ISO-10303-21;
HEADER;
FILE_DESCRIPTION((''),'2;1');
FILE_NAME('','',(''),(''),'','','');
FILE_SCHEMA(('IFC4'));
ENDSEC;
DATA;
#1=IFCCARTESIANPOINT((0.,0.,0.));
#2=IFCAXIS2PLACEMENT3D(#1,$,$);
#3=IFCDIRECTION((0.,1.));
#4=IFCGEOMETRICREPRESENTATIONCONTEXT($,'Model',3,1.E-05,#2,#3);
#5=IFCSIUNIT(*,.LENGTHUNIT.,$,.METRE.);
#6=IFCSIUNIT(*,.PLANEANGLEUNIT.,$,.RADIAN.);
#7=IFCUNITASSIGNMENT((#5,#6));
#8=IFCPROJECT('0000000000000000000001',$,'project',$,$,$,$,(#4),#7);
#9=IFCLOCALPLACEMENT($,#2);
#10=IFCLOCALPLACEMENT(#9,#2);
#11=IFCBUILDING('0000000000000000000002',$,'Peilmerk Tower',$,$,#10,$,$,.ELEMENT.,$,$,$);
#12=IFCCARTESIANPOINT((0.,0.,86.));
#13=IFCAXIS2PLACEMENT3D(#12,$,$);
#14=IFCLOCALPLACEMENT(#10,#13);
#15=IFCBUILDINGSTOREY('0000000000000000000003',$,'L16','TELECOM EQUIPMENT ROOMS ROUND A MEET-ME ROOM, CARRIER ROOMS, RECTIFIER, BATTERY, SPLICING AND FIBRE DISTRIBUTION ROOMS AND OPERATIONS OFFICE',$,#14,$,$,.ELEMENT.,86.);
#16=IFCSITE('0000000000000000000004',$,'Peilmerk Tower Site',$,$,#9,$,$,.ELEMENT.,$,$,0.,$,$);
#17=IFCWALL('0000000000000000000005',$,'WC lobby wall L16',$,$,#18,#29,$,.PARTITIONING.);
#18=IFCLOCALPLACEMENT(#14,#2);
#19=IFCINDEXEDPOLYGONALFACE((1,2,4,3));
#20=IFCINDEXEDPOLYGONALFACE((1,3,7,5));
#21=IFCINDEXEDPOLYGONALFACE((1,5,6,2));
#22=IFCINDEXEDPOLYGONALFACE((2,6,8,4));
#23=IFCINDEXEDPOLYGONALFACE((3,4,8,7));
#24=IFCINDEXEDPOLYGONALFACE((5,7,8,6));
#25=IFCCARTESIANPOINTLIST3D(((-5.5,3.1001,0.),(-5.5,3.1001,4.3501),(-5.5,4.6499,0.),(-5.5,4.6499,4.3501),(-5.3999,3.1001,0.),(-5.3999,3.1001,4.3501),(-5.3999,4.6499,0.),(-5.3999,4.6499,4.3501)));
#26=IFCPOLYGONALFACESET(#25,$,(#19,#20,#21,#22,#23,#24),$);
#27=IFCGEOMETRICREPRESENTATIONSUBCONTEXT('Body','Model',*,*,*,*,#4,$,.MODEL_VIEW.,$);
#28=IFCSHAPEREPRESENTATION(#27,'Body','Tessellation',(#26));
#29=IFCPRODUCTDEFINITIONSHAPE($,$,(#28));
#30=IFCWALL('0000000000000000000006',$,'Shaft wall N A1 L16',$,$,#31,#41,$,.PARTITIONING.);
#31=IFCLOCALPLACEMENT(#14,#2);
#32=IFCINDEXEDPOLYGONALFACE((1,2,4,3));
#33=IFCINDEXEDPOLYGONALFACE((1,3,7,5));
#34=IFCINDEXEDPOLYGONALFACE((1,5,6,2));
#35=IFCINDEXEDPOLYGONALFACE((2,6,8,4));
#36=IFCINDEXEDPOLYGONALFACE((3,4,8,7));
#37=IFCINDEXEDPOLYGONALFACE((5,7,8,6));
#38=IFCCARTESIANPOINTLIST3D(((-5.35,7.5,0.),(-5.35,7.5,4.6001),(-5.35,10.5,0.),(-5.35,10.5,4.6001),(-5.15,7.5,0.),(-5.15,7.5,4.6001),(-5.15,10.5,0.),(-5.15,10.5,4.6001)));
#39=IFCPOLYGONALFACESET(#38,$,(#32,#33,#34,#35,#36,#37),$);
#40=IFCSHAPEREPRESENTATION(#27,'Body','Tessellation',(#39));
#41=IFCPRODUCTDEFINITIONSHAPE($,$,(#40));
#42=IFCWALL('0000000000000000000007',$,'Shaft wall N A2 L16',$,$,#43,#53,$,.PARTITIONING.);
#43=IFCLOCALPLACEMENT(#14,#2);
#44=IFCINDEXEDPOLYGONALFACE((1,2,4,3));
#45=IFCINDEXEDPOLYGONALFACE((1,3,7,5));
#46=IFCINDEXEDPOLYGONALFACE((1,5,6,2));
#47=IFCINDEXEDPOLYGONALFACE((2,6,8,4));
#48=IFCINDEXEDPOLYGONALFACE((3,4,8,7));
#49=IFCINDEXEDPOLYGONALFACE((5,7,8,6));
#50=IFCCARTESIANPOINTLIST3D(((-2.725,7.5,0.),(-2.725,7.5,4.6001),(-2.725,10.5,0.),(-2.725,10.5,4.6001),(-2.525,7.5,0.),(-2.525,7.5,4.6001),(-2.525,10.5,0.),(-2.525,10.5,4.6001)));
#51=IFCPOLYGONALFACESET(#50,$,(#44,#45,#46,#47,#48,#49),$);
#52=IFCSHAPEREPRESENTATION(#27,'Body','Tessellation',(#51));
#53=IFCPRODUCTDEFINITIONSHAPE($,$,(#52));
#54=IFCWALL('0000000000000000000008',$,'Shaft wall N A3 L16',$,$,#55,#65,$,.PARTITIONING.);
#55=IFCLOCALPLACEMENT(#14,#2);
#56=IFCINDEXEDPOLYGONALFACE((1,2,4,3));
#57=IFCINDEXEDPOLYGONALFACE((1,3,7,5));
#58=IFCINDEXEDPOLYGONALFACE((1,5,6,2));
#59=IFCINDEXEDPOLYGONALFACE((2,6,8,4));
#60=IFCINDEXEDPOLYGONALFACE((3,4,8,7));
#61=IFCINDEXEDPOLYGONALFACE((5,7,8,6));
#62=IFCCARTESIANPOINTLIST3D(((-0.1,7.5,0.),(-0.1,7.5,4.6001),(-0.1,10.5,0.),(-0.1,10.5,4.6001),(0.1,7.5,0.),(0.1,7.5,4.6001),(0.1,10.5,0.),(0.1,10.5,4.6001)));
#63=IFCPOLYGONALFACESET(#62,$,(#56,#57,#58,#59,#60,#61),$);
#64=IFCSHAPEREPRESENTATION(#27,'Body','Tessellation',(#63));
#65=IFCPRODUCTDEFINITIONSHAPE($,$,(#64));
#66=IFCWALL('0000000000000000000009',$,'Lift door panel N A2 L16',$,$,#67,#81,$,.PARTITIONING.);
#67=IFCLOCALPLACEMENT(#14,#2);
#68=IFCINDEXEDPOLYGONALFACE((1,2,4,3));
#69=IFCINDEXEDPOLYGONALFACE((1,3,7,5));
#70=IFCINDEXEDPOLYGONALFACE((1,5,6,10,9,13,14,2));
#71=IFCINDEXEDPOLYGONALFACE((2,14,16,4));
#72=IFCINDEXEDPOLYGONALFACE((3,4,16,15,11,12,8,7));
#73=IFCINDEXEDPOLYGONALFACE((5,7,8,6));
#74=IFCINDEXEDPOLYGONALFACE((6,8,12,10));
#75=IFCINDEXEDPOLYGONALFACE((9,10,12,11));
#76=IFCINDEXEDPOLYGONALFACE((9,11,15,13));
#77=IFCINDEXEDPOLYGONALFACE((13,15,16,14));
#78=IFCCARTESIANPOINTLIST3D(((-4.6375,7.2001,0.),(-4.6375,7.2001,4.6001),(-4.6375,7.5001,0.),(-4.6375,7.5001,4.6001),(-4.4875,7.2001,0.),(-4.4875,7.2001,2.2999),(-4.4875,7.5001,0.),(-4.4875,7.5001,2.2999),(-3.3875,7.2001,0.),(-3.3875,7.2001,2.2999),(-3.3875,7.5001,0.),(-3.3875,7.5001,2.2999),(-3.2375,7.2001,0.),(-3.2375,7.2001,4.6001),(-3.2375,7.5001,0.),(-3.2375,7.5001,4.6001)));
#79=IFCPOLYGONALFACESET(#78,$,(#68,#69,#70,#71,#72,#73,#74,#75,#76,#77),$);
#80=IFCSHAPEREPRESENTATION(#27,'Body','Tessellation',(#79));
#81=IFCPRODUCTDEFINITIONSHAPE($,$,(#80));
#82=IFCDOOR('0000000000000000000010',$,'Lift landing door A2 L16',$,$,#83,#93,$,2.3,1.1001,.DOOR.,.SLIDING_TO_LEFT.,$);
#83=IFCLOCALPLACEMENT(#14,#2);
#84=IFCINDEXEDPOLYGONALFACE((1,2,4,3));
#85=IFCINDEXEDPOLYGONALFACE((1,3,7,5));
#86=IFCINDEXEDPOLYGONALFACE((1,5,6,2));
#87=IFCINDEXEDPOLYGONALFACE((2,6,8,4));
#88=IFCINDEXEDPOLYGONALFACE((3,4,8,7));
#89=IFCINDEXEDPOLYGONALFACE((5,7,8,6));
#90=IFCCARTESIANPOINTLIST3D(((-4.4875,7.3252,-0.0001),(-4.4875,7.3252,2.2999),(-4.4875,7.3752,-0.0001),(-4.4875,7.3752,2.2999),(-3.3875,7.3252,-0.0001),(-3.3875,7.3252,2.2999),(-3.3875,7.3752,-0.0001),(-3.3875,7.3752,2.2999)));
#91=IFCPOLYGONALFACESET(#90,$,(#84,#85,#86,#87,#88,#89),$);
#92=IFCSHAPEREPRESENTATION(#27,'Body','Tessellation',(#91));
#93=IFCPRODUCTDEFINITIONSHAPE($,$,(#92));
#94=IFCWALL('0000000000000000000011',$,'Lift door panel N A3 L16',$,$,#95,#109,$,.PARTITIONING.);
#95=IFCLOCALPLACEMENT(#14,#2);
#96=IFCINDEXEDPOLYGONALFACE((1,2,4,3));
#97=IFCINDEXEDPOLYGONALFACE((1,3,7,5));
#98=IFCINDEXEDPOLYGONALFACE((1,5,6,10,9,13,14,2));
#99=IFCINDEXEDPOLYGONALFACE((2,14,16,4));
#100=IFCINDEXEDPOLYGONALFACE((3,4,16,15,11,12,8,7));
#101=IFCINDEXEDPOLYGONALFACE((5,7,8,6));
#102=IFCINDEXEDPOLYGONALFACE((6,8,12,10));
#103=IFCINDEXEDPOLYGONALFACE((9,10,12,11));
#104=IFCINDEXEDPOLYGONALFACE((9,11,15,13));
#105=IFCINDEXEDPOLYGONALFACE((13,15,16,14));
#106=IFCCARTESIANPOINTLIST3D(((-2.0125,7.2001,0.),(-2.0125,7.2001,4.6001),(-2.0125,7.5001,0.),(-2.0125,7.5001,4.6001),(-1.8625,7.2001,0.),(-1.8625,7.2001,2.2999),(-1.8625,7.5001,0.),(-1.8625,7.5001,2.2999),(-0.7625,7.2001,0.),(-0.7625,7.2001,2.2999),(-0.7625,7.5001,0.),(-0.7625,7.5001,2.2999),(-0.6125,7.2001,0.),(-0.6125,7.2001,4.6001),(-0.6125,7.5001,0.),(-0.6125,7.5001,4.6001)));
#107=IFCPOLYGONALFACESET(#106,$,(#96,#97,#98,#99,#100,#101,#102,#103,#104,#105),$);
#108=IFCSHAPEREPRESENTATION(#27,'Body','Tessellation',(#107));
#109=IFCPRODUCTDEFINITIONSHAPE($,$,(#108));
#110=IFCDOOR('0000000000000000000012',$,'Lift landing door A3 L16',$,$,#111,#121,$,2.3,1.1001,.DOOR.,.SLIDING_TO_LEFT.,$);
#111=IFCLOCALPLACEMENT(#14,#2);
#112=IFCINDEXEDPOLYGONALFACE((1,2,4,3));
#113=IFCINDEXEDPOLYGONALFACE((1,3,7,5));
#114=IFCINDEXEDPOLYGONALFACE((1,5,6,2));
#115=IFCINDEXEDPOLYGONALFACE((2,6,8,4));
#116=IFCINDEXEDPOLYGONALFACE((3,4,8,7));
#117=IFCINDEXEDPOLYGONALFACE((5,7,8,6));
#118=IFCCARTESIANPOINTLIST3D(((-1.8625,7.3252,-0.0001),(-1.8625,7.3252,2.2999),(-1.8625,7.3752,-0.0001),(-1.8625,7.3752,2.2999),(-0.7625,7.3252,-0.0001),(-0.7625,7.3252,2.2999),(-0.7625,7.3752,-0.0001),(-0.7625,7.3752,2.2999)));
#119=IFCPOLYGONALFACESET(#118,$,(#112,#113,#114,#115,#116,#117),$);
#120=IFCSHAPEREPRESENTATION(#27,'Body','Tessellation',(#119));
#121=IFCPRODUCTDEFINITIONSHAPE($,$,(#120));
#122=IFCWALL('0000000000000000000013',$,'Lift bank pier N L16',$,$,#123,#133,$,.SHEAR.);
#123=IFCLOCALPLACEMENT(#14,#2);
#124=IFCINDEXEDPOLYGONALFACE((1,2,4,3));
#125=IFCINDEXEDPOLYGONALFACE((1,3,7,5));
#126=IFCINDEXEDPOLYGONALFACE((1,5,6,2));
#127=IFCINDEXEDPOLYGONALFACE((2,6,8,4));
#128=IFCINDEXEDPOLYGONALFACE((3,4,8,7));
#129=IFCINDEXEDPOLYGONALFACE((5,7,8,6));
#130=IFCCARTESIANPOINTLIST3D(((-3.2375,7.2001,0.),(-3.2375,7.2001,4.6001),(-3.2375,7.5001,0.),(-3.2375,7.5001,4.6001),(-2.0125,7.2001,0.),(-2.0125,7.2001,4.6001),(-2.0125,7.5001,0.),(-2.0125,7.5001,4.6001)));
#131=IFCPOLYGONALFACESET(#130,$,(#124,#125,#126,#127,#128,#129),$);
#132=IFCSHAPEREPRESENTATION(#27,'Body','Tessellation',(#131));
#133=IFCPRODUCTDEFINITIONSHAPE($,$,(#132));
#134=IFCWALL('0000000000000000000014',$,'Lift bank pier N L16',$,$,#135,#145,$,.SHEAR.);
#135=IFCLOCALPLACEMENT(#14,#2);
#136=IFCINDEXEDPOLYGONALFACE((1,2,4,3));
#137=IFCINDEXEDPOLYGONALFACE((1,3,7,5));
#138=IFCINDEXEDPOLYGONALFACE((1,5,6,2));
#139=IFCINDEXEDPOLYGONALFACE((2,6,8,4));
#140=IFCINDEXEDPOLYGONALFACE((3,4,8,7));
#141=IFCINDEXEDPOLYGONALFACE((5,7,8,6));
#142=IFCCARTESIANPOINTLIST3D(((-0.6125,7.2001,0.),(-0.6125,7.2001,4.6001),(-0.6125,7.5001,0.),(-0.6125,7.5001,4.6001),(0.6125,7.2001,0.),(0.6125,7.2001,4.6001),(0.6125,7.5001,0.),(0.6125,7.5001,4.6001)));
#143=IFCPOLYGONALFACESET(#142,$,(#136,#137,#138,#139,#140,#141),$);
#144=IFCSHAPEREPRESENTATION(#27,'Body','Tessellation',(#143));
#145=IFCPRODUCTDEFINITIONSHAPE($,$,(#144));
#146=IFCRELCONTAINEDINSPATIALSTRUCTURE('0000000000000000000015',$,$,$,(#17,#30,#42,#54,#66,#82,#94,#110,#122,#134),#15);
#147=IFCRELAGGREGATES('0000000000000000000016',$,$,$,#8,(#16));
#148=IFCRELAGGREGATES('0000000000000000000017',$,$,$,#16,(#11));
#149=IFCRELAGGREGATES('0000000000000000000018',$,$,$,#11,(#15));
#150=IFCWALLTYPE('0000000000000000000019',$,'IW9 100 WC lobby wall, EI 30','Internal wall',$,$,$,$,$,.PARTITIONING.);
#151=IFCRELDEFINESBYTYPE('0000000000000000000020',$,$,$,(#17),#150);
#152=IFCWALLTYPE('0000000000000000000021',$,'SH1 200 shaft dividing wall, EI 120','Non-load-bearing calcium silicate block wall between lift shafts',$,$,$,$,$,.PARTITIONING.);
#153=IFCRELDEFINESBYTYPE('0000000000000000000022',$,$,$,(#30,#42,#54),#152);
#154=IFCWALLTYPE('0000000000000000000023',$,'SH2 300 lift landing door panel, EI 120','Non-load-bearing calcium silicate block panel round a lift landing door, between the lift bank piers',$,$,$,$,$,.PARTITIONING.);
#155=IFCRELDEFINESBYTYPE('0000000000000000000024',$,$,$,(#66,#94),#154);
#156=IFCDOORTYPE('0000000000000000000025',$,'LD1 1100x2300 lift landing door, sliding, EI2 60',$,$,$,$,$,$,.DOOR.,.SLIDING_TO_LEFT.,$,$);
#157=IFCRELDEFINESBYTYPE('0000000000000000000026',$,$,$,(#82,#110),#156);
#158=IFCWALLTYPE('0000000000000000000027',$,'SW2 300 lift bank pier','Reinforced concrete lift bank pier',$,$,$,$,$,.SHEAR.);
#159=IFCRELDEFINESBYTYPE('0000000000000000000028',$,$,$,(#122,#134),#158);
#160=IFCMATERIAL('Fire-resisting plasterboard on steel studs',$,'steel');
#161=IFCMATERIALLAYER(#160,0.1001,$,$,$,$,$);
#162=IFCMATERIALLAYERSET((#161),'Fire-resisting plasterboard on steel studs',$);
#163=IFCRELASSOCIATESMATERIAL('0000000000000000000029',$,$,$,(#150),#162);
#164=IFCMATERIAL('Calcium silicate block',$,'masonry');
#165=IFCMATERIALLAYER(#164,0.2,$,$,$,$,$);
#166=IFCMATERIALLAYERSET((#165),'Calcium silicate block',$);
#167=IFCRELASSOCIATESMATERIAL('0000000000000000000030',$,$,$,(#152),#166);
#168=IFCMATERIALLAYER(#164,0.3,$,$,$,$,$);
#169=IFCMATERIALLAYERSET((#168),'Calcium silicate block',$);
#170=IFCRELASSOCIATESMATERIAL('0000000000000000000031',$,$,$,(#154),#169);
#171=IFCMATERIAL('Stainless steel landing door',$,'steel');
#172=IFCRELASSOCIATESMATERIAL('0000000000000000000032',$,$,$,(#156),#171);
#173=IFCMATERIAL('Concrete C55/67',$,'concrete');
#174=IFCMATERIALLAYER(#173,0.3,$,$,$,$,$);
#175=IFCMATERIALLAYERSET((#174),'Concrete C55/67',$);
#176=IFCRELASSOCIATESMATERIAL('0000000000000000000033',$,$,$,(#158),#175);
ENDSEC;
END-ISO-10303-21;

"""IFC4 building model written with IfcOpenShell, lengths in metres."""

from ifc_helpers import new_model, si_unit, direction, frame, frame_2d, origin, place, context, subcontext, project, spatial, rectangle, extrude, material, layer, layer_set, type_object, element, fill, save


model = new_model("IFC4")

# Units and contexts
model_context = context("Model", 3, precision=1e-05, world=origin(), true_north=direction((0.0, 1.0)))
body_context = subcontext(model_context, "Body", "Model", "MODEL_VIEW")
ifc_project = project(units=[si_unit("LENGTHUNIT", "METRE"), si_unit("PLANEANGLEUNIT", "RADIAN")], contexts=[model_context])

# Site, building, storey
site_placement = place(None, origin())
site = spatial("IfcSite", under=ifc_project, at=site_placement, Name="Peilmerk Tower Site", CompositionType="ELEMENT", RefElevation=0.0)
building_placement = place(site_placement, origin())
building = spatial("IfcBuilding", under=site, at=building_placement, Name="Peilmerk Tower", CompositionType="ELEMENT")
storey_placement = place(building_placement, frame((0.0, 0.0, 86.0)))
storey = spatial("IfcBuildingStorey", under=building, at=storey_placement, Name="L16", Description="TELECOM EQUIPMENT ROOMS ROUND A MEET-ME ROOM, CARRIER ROOMS, RECTIFIER, BATTERY, SPLICING AND FIBRE DISTRIBUTION ROOMS AND OPERATIONS OFFICE", CompositionType="ELEMENT", Elevation=86.0)

# Shared definitions
ifc_material_1 = material(Name="Concrete C55/67", Category="concrete")

# Shared definitions
ifc_material_2 = material(Name="Fire-resisting plasterboard on steel studs", Category="steel")
ifc_layer_1 = layer(ifc_material_2, 0.1001)
ifc_layer_set_1 = layer_set([ifc_layer_1], Name="Fire-resisting plasterboard on steel studs")
wall_type_1 = type_object("IfcWallType", Name="IW9 100 WC lobby wall, EI 30", Description="Internal wall", PredefinedType="PARTITIONING", material=ifc_layer_set_1)

# Walls
wall_1_placement = place(storey_placement, frame((-5.45, 3.1001, 0.0), z_axis=(0.0, 0.0, 1.0), x_axis=(0.0, 1.0, 0.0)))
element("IfcWall", 1, at=wall_1_placement, inside=storey, type_object=wall_type_1, Name="WC lobby wall L16", PredefinedType="PARTITIONING", context=body_context, shape_type="SweptSolid", body=[
    extrude(rectangle(XDim=1.5498, YDim=0.1001, at=frame_2d((0.7749, 0.0))), origin(), (0.0, 0.0, 1.0), 4.3501),
])
ifc_material_3 = material(Name="Calcium silicate block", Category="masonry")
ifc_layer_2 = layer(ifc_material_3, 0.2)
ifc_layer_set_2 = layer_set([ifc_layer_2], Name="Calcium silicate block")
wall_type_2 = type_object("IfcWallType", Name="SH1 200 shaft dividing wall, EI 120", Description="Non-load-bearing calcium silicate block wall between lift shafts", PredefinedType="PARTITIONING", material=ifc_layer_set_2)
for number, where, z_axis, x_axis, name in (
    (2, (-5.25, 7.5, 0.0), (0.0, 0.0, 1.0), (0.0, 1.0, 0.0), "Shaft wall N A1 L16"),
    (3, (-2.625, 7.5, 0.0), (0.0, 0.0, 1.0), (0.0, 1.0, 0.0), "Shaft wall N A2 L16"),
    (4, (0.0, 7.5, 0.0), (0.0, 0.0, 1.0), (0.0, 1.0, 0.0), "Shaft wall N A3 L16"),
):
    element("IfcWall", number, at=place(storey_placement, frame(where, z_axis=z_axis, x_axis=x_axis)), inside=storey, type_object=wall_type_2, Name=name, PredefinedType="PARTITIONING", context=body_context, shape_type="SweptSolid", body=[
        extrude(rectangle(XDim=3.0, YDim=0.2, at=frame_2d((1.5, 0.0))), origin(), (0.0, 0.0, 1.0), 4.6001),
    ])

# Walls, openings, doors
ifc_layer_3 = layer(ifc_material_3, 0.3)
ifc_layer_set_3 = layer_set([ifc_layer_3], Name="Calcium silicate block")
wall_type_3 = type_object("IfcWallType", Name="SH2 300 lift landing door panel, EI 120", Description="Non-load-bearing calcium silicate block panel round a lift landing door, between the lift bank piers", PredefinedType="PARTITIONING", material=ifc_layer_set_3)
wall_2_placement = place(storey_placement, frame((-4.6375, 7.3501, 0.0), z_axis=(0.0, 0.0, 1.0), x_axis=(1.0, 0.0, 0.0)))
wall_2 = element("IfcWall", 5, at=wall_2_placement, inside=storey, type_object=wall_type_3, Name="Lift door panel N A2 L16", PredefinedType="PARTITIONING", context=body_context, shape_type="SweptSolid", body=[
    extrude(rectangle(XDim=1.3999, YDim=0.3, at=frame_2d((0.7, 0.0))), origin(), (0.0, 0.0, 1.0), 4.6001),
])
opening_1_placement = place(wall_2_placement, frame((0.1499, 0.0, 0.0)))
opening_1 = element("IfcOpeningElement", 6, at=opening_1_placement, cuts=wall_2, PredefinedType="OPENING", context=body_context, shape_type="SweptSolid", body=[
    extrude(rectangle(XDim=1.1001, YDim=2.3, at=frame_2d((0.55, 1.1499))), frame((0.0, 0.1599, 0.0), z_axis=(0.0, -1.0, 0.0), x_axis=(1.0, 0.0, 0.0)), (0.0, 0.0, 1.0), 0.3201),
])
ifc_material_4 = material(Name="Stainless steel landing door", Category="steel")
door_type_1 = type_object("IfcDoorType", Name="LD1 1100x2300 lift landing door, sliding, EI2 60", OperationType="SLIDING_TO_LEFT", PredefinedType="DOOR", material=ifc_material_4)
door_1_placement = place(opening_1_placement, frame((1.1001, 0.0, 0.0), z_axis=(0.0, 0.0, 1.0), x_axis=(-1.0, 0.0, 0.0)))
door_1 = element("IfcDoor", 7, at=door_1_placement, inside=storey, type_object=door_type_1, Name="Lift landing door A2 L16", OperationType="SLIDING_TO_LEFT", OverallHeight=2.3, OverallWidth=1.1001, PredefinedType="DOOR", context=body_context, shape_type="SweptSolid", body=[
    extrude(rectangle(XDim=1.1001, YDim=2.3, at=frame_2d((0.55, 1.1499))), frame((0.0, 0.0249, 0.0), z_axis=(0.0, -1.0, 0.0), x_axis=(1.0, 0.0, 0.0)), (0.0, 0.0, 1.0), 0.05),
])
fill(opening_1, door_1)
wall_3_placement = place(storey_placement, frame((-2.0125, 7.3501, 0.0), z_axis=(0.0, 0.0, 1.0), x_axis=(1.0, 0.0, 0.0)))
wall_3 = element("IfcWall", 8, at=wall_3_placement, inside=storey, type_object=wall_type_3, Name="Lift door panel N A3 L16", PredefinedType="PARTITIONING", context=body_context, shape_type="SweptSolid", body=[
    extrude(rectangle(XDim=1.3999, YDim=0.3, at=frame_2d((0.7, 0.0))), origin(), (0.0, 0.0, 1.0), 4.6001),
])
opening_2_placement = place(wall_3_placement, frame((0.1499, 0.0, 0.0)))
opening_2 = element("IfcOpeningElement", 9, at=opening_2_placement, cuts=wall_3, PredefinedType="OPENING", context=body_context, shape_type="SweptSolid", body=[
    extrude(rectangle(XDim=1.1001, YDim=2.3, at=frame_2d((0.55, 1.1499))), frame((0.0, 0.1599, 0.0), z_axis=(0.0, -1.0, 0.0), x_axis=(1.0, 0.0, 0.0)), (0.0, 0.0, 1.0), 0.3201),
])
door_2_placement = place(opening_2_placement, frame((1.1001, 0.0, 0.0), z_axis=(0.0, 0.0, 1.0), x_axis=(-1.0, 0.0, 0.0)))
door_2 = element("IfcDoor", 10, at=door_2_placement, inside=storey, type_object=door_type_1, Name="Lift landing door A3 L16", OperationType="SLIDING_TO_LEFT", OverallHeight=2.3, OverallWidth=1.1001, PredefinedType="DOOR", context=body_context, shape_type="SweptSolid", body=[
    extrude(rectangle(XDim=1.1001, YDim=2.3, at=frame_2d((0.55, 1.1499))), frame((0.0, 0.0249, 0.0), z_axis=(0.0, -1.0, 0.0), x_axis=(1.0, 0.0, 0.0)), (0.0, 0.0, 1.0), 0.05),
])
fill(opening_2, door_2)

# Walls
ifc_layer_4 = layer(ifc_material_1, 0.3)
ifc_layer_set_4 = layer_set([ifc_layer_4], Name="Concrete C55/67")
wall_type_4 = type_object("IfcWallType", Name="SW2 300 lift bank pier", Description="Reinforced concrete lift bank pier", PredefinedType="SHEAR", material=ifc_layer_set_4)
for number, where, z_axis, x_axis, name in (
    (11, (-3.2375, 7.3501, 0.0), (0.0, 0.0, 1.0), (1.0, 0.0, 0.0), "Lift bank pier N L16"),
    (12, (-0.6125, 7.3501, 0.0), (0.0, 0.0, 1.0), (1.0, 0.0, 0.0), "Lift bank pier N L16"),
):
    element("IfcWall", number, at=place(storey_placement, frame(where, z_axis=z_axis, x_axis=x_axis)), inside=storey, type_object=wall_type_4, Name=name, PredefinedType="SHEAR", context=body_context, shape_type="SweptSolid", body=[
        extrude(rectangle(XDim=1.2251, YDim=0.3, at=frame_2d((0.6125, 0.0))), origin(), (0.0, 0.0, 1.0), 4.6001),
    ])

save(model, "model.ifc")
